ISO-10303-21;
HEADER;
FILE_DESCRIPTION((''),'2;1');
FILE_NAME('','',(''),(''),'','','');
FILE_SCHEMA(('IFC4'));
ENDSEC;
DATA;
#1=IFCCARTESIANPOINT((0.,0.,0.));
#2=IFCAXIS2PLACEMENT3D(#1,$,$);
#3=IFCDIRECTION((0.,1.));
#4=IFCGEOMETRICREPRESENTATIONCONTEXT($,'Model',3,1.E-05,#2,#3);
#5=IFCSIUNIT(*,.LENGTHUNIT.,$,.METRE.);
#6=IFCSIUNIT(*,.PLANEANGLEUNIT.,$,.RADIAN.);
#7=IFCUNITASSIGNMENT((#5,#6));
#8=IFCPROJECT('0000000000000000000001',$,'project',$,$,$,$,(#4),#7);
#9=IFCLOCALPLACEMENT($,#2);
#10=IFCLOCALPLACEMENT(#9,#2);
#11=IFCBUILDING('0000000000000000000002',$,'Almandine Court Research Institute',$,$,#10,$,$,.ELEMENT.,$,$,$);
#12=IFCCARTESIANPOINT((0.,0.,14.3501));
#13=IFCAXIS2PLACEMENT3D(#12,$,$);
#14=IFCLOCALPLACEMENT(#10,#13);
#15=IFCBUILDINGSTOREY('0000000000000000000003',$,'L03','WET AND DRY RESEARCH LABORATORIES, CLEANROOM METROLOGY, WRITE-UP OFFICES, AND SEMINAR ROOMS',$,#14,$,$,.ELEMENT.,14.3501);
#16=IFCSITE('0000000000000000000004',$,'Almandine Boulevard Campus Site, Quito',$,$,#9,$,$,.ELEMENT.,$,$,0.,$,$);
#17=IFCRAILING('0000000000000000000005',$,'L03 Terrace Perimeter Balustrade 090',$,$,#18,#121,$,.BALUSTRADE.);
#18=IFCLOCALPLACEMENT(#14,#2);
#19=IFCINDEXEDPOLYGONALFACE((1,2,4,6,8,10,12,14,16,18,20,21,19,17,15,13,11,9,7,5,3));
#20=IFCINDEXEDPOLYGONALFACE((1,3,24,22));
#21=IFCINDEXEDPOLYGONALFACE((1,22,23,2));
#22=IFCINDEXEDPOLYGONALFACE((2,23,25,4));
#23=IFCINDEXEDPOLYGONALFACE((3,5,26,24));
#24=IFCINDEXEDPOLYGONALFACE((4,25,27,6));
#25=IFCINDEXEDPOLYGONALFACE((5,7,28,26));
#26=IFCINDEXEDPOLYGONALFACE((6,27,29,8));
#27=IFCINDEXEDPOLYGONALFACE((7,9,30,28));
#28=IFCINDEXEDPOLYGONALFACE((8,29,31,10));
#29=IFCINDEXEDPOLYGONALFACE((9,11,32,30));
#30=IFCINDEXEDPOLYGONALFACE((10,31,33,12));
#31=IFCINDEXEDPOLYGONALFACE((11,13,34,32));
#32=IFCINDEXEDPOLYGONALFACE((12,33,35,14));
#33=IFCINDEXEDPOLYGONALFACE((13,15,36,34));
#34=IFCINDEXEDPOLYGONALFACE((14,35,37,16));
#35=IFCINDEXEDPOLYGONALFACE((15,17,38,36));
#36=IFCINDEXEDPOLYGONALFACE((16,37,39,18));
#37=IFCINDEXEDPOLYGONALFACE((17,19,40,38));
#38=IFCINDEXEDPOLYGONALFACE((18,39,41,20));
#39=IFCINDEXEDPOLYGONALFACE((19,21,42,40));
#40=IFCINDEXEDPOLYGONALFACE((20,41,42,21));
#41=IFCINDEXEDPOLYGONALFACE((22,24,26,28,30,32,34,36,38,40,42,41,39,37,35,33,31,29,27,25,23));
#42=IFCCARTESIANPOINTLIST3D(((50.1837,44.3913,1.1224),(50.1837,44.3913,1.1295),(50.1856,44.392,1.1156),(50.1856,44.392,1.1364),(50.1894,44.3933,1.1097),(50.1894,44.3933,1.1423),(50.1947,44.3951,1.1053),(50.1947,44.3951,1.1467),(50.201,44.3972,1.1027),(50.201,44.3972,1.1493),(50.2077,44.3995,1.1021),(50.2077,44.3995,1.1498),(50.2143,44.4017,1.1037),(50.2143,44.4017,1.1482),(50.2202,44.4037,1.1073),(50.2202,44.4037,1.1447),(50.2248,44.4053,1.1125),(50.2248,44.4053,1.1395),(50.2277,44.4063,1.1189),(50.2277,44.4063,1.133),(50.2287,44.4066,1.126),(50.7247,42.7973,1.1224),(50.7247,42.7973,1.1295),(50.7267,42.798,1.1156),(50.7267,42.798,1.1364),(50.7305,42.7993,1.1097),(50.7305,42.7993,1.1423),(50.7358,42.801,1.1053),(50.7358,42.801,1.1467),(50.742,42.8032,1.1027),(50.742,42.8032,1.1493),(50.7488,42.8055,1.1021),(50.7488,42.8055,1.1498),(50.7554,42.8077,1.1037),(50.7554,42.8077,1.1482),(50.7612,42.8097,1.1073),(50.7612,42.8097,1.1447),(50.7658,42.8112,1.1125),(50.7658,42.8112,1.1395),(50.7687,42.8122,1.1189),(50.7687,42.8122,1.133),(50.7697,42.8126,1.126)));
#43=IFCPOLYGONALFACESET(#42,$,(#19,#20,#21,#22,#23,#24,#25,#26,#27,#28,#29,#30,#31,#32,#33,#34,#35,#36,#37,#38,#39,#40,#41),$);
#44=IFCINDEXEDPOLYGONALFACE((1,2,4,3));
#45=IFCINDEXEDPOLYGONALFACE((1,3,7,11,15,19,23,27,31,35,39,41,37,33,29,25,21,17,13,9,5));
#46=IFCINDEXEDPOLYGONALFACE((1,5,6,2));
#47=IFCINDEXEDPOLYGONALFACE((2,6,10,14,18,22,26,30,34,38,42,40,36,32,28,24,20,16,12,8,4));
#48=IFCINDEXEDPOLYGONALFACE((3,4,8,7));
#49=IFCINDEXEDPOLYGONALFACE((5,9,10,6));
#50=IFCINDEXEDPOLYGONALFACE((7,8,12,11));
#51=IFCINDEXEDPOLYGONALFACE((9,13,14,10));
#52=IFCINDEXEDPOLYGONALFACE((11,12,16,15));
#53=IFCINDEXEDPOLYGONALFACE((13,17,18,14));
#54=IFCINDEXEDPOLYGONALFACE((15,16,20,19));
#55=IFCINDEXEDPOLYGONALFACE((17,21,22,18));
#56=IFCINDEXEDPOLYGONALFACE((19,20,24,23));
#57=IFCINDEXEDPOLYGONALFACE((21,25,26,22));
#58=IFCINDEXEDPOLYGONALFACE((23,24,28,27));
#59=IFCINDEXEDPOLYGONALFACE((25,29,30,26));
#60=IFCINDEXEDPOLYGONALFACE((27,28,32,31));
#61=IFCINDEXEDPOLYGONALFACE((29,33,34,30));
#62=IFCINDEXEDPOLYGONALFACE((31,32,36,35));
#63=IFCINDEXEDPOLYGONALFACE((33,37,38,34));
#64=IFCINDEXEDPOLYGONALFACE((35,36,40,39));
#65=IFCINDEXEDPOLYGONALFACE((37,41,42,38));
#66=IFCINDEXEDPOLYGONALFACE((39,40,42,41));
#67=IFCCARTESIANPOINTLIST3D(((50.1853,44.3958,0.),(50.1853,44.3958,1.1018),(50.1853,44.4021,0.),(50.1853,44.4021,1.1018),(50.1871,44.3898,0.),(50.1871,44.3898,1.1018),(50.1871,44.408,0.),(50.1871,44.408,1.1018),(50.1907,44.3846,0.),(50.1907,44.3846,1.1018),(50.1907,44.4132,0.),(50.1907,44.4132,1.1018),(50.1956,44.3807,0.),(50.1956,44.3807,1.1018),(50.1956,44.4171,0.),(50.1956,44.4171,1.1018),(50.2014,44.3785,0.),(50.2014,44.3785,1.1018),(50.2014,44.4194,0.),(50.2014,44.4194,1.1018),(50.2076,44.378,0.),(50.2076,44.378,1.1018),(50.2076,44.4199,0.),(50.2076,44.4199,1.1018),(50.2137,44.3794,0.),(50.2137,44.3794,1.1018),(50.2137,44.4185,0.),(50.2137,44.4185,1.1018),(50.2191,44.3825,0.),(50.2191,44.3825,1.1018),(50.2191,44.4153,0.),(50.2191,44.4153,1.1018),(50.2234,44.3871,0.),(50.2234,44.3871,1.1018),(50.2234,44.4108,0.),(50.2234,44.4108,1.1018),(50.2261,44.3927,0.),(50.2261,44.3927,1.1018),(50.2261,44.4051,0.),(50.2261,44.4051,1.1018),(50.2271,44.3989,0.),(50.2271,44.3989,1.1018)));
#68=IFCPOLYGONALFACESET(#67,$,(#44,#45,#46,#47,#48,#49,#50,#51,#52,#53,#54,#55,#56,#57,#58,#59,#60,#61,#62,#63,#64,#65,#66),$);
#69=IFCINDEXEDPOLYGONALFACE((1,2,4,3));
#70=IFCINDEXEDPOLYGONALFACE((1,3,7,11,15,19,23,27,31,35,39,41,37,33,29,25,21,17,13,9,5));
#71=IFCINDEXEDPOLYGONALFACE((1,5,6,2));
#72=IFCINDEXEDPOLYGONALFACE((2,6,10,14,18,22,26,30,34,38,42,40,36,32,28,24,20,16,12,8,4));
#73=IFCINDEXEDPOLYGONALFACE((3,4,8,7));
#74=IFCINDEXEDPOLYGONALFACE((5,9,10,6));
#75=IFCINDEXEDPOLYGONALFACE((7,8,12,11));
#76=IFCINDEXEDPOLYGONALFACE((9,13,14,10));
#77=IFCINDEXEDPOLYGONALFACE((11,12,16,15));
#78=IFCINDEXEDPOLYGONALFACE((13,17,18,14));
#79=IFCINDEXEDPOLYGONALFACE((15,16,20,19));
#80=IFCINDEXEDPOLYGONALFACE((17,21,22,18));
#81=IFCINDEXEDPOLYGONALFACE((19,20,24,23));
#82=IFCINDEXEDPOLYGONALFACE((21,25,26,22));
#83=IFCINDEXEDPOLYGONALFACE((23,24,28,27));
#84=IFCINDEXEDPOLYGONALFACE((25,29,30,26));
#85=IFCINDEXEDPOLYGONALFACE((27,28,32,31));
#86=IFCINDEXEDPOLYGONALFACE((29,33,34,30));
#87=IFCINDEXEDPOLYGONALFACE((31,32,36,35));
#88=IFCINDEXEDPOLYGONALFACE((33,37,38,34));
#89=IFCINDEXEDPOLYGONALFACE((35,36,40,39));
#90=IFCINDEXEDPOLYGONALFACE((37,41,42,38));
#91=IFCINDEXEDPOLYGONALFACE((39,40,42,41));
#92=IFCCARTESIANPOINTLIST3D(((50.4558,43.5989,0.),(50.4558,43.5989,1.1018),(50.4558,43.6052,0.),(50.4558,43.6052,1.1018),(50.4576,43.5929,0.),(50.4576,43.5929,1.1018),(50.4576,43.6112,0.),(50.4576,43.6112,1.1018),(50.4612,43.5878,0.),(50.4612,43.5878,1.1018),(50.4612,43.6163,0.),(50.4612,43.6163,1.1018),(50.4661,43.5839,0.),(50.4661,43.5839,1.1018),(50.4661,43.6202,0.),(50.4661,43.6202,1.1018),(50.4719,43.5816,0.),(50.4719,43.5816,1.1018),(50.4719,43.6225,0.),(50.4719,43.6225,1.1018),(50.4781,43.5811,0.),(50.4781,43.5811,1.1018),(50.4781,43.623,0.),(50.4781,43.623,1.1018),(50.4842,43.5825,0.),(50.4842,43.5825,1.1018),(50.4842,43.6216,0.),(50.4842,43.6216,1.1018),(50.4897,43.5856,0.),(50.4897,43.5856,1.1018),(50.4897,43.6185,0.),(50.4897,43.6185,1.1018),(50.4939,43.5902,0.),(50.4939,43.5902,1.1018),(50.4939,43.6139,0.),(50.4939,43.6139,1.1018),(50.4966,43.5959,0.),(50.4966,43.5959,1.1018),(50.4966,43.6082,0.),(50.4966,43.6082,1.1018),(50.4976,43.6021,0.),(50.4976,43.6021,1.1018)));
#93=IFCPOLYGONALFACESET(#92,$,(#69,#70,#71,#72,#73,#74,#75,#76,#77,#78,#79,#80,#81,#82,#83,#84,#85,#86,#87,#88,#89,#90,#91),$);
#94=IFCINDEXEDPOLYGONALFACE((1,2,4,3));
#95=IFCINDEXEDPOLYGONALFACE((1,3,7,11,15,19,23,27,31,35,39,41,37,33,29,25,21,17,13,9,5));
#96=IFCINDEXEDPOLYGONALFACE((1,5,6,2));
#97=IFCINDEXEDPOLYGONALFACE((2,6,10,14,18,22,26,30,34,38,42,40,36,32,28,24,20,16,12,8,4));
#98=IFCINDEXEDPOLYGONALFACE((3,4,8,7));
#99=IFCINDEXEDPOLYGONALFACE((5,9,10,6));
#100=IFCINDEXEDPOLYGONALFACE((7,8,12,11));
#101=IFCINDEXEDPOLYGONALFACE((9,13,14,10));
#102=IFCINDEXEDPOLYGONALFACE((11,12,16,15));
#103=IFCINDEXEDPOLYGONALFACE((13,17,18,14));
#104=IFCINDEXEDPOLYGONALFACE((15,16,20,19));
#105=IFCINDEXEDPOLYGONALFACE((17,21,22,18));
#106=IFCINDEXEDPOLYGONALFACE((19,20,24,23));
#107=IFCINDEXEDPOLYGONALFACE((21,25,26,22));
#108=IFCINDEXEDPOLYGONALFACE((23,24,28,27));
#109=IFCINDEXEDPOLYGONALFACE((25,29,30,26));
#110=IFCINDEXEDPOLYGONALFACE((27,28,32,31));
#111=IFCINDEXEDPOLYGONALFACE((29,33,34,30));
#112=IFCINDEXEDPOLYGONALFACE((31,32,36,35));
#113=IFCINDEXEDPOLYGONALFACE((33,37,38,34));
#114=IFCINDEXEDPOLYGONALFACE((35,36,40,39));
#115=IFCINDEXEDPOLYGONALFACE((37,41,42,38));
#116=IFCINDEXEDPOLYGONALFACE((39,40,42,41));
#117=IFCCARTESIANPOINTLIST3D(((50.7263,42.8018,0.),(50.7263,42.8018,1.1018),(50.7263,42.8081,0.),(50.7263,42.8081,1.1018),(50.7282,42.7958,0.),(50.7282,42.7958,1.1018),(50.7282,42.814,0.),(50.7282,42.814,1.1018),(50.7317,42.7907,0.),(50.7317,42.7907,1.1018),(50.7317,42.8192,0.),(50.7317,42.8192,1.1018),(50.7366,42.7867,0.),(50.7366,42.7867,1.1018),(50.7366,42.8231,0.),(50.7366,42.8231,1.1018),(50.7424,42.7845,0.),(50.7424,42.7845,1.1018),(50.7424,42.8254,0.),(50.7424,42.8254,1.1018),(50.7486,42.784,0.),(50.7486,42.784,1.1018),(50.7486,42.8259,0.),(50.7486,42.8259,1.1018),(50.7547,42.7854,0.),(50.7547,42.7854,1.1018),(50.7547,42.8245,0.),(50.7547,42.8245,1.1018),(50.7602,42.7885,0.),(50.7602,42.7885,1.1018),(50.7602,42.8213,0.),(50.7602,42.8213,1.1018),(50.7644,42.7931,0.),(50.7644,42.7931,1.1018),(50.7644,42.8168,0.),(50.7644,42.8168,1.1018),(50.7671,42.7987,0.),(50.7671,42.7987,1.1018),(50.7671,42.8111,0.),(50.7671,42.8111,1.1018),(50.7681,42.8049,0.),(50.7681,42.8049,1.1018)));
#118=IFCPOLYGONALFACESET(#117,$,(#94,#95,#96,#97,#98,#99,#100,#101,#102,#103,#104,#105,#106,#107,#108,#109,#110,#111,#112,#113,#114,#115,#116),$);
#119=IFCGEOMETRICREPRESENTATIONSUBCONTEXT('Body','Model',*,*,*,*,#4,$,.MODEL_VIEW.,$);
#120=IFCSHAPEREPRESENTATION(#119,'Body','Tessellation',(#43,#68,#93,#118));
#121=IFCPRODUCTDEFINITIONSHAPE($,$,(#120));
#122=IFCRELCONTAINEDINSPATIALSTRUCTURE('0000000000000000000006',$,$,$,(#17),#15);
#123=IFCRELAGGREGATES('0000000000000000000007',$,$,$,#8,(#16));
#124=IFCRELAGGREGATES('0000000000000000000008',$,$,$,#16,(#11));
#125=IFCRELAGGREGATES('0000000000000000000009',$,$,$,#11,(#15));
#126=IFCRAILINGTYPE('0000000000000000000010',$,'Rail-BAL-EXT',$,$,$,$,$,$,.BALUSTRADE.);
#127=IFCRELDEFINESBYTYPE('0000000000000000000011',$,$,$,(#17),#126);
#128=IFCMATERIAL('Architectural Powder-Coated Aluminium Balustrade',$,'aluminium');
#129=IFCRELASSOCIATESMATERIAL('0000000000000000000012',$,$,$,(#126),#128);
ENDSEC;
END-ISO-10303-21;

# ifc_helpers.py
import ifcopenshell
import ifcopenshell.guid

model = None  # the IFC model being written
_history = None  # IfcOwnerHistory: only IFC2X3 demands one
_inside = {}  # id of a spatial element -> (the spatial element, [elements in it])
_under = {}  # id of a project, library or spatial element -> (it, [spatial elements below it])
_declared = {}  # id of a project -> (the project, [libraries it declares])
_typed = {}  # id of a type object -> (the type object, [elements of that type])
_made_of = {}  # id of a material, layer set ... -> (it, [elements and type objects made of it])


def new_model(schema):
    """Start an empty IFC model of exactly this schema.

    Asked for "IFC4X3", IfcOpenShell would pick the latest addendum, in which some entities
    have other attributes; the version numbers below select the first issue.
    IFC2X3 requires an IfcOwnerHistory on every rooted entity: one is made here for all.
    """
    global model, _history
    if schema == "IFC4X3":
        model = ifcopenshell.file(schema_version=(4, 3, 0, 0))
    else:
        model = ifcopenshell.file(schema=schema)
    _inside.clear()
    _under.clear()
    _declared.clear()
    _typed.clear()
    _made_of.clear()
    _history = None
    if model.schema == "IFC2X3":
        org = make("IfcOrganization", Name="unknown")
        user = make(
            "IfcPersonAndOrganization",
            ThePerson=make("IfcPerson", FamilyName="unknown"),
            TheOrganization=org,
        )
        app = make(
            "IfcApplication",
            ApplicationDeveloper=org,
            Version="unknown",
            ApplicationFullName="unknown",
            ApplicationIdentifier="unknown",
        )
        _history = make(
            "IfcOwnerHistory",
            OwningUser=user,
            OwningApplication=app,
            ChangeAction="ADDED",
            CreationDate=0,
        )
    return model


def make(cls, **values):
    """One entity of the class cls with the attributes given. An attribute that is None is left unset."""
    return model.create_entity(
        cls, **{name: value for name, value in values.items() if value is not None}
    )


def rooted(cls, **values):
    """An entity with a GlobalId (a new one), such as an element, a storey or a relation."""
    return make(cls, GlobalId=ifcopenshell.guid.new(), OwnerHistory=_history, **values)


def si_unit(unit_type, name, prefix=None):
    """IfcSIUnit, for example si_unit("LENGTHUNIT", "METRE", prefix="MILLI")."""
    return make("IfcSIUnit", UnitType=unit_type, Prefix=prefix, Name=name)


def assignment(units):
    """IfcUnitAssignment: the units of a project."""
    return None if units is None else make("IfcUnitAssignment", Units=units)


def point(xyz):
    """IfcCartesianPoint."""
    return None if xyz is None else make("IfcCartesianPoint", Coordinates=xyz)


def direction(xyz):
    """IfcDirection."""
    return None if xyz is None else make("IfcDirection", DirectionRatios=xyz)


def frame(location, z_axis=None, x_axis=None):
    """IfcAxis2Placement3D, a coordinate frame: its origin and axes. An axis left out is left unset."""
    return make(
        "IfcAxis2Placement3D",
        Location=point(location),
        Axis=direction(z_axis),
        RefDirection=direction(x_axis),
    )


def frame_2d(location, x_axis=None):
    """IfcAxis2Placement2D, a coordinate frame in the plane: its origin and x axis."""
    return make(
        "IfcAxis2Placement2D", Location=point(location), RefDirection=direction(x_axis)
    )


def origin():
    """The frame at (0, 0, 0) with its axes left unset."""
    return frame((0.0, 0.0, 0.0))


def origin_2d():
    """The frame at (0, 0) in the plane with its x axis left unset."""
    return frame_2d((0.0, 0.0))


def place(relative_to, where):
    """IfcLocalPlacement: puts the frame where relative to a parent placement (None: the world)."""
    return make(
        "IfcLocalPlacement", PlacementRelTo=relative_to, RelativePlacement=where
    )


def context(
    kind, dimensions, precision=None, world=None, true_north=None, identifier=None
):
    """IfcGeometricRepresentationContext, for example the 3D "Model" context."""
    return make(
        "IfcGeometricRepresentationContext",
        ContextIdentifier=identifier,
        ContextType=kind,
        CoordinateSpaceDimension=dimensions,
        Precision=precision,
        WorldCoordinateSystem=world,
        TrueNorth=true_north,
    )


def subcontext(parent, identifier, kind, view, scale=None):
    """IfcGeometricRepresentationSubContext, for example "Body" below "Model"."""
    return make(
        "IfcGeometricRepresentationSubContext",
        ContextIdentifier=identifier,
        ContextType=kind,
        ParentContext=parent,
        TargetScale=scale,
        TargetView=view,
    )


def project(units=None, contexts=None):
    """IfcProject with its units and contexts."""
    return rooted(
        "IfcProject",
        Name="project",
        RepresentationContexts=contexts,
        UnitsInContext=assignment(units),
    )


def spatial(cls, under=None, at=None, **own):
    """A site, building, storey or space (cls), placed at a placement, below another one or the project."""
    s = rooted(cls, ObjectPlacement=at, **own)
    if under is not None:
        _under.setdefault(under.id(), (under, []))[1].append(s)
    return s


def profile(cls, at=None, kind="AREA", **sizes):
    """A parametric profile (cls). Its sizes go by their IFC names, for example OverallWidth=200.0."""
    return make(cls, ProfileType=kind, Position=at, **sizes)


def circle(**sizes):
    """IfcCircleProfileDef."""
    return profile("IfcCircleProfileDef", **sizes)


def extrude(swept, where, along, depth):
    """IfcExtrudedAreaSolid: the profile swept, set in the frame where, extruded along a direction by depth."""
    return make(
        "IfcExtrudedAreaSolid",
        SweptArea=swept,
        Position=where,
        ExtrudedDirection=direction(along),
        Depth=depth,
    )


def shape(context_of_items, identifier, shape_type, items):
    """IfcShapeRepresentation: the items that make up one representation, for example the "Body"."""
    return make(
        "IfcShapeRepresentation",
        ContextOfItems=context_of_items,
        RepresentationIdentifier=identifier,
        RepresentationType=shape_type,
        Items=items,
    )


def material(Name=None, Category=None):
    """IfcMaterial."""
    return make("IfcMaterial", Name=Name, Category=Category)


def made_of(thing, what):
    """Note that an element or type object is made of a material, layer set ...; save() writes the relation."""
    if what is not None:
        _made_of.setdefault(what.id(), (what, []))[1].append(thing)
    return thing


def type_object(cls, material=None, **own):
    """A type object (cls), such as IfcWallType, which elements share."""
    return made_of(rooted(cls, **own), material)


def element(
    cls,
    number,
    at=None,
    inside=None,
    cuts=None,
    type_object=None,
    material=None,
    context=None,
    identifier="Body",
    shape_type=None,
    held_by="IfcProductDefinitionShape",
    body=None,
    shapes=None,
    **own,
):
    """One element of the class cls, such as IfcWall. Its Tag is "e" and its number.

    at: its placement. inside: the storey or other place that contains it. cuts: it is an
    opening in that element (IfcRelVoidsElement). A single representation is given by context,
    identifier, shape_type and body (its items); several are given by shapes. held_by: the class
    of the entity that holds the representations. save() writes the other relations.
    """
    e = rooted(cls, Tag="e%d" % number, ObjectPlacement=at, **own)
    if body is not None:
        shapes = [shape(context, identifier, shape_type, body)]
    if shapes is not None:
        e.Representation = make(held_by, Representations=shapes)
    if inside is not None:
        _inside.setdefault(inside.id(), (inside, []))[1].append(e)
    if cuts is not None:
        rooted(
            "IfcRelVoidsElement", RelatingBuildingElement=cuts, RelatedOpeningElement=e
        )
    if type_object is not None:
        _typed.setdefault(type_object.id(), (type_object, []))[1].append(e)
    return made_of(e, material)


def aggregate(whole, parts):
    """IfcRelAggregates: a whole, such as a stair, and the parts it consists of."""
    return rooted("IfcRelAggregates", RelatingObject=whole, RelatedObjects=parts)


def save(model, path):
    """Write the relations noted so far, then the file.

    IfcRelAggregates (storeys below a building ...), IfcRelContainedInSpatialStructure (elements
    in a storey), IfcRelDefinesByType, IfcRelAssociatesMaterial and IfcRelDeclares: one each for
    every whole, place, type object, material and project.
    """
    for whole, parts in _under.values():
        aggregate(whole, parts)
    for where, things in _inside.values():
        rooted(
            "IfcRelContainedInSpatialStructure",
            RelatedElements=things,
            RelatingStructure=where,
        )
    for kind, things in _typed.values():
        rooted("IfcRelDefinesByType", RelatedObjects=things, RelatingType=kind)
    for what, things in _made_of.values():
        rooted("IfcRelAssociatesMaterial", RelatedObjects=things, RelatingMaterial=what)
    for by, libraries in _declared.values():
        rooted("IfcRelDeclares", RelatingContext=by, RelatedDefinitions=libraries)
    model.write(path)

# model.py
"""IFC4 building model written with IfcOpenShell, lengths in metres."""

from ifc_helpers import new_model, si_unit, direction, frame, origin, origin_2d, place, context, subcontext, project, spatial, circle, extrude, material, type_object, element, save


model = new_model("IFC4")

# Units and contexts
model_context = context("Model", 3, precision=1e-05, world=origin(), true_north=direction((0.0, 1.0)))
body_context = subcontext(model_context, "Body", "Model", "MODEL_VIEW")
ifc_project = project(units=[si_unit("LENGTHUNIT", "METRE"), si_unit("PLANEANGLEUNIT", "RADIAN")], contexts=[model_context])

# Site, building, storey
site_placement = place(None, origin())
site = spatial("IfcSite", under=ifc_project, at=site_placement, Name="Almandine Boulevard Campus Site, Quito", CompositionType="ELEMENT", RefElevation=0.0)
building_placement = place(site_placement, origin())
building = spatial("IfcBuilding", under=site, at=building_placement, Name="Almandine Court Research Institute", CompositionType="ELEMENT")
storey_placement = place(building_placement, frame((0.0, 0.0, 14.3501)))
storey = spatial("IfcBuildingStorey", under=building, at=storey_placement, Name="L03", Description="WET AND DRY RESEARCH LABORATORIES, CLEANROOM METROLOGY, WRITE-UP OFFICES, AND SEMINAR ROOMS", CompositionType="ELEMENT", Elevation=14.3501)

# Railing
ifc_material_1 = material(Name="Architectural Powder-Coated Aluminium Balustrade", Category="aluminium")
railing_type = type_object("IfcRailingType", Name="Rail-BAL-EXT", PredefinedType="BALUSTRADE", material=ifc_material_1)
railing_1_placement = place(storey_placement, frame((50.2061, 44.3989, 0.0)))
element("IfcRailing", 1, at=railing_1_placement, inside=storey, type_object=railing_type, Name="L03 Terrace Perimeter Balustrade 090", PredefinedType="BALUSTRADE", context=body_context, shape_type="SweptSolid", body=[
    extrude(circle(Radius=0.0239, at=origin_2d()), frame((0.0, 0.0, 1.126), z_axis=(0.321401, -0.946943, 0.0), x_axis=(0.946943, 0.321401, 0.0)), (0.0, 0.0, 1.0), 1.6833),
    extrude(circle(Radius=0.021, at=origin_2d()), origin(), (0.0, 0.0, 1.0), 1.1018),
    extrude(circle(Radius=0.021, at=origin_2d()), frame((0.2705, -0.7969, 0.0)), (0.0, 0.0, 1.0), 1.1018),
    extrude(circle(Radius=0.021, at=origin_2d()), frame((0.541, -1.594, 0.0)), (0.0, 0.0, 1.0), 1.1018),
])

save(model, "model.ifc")
